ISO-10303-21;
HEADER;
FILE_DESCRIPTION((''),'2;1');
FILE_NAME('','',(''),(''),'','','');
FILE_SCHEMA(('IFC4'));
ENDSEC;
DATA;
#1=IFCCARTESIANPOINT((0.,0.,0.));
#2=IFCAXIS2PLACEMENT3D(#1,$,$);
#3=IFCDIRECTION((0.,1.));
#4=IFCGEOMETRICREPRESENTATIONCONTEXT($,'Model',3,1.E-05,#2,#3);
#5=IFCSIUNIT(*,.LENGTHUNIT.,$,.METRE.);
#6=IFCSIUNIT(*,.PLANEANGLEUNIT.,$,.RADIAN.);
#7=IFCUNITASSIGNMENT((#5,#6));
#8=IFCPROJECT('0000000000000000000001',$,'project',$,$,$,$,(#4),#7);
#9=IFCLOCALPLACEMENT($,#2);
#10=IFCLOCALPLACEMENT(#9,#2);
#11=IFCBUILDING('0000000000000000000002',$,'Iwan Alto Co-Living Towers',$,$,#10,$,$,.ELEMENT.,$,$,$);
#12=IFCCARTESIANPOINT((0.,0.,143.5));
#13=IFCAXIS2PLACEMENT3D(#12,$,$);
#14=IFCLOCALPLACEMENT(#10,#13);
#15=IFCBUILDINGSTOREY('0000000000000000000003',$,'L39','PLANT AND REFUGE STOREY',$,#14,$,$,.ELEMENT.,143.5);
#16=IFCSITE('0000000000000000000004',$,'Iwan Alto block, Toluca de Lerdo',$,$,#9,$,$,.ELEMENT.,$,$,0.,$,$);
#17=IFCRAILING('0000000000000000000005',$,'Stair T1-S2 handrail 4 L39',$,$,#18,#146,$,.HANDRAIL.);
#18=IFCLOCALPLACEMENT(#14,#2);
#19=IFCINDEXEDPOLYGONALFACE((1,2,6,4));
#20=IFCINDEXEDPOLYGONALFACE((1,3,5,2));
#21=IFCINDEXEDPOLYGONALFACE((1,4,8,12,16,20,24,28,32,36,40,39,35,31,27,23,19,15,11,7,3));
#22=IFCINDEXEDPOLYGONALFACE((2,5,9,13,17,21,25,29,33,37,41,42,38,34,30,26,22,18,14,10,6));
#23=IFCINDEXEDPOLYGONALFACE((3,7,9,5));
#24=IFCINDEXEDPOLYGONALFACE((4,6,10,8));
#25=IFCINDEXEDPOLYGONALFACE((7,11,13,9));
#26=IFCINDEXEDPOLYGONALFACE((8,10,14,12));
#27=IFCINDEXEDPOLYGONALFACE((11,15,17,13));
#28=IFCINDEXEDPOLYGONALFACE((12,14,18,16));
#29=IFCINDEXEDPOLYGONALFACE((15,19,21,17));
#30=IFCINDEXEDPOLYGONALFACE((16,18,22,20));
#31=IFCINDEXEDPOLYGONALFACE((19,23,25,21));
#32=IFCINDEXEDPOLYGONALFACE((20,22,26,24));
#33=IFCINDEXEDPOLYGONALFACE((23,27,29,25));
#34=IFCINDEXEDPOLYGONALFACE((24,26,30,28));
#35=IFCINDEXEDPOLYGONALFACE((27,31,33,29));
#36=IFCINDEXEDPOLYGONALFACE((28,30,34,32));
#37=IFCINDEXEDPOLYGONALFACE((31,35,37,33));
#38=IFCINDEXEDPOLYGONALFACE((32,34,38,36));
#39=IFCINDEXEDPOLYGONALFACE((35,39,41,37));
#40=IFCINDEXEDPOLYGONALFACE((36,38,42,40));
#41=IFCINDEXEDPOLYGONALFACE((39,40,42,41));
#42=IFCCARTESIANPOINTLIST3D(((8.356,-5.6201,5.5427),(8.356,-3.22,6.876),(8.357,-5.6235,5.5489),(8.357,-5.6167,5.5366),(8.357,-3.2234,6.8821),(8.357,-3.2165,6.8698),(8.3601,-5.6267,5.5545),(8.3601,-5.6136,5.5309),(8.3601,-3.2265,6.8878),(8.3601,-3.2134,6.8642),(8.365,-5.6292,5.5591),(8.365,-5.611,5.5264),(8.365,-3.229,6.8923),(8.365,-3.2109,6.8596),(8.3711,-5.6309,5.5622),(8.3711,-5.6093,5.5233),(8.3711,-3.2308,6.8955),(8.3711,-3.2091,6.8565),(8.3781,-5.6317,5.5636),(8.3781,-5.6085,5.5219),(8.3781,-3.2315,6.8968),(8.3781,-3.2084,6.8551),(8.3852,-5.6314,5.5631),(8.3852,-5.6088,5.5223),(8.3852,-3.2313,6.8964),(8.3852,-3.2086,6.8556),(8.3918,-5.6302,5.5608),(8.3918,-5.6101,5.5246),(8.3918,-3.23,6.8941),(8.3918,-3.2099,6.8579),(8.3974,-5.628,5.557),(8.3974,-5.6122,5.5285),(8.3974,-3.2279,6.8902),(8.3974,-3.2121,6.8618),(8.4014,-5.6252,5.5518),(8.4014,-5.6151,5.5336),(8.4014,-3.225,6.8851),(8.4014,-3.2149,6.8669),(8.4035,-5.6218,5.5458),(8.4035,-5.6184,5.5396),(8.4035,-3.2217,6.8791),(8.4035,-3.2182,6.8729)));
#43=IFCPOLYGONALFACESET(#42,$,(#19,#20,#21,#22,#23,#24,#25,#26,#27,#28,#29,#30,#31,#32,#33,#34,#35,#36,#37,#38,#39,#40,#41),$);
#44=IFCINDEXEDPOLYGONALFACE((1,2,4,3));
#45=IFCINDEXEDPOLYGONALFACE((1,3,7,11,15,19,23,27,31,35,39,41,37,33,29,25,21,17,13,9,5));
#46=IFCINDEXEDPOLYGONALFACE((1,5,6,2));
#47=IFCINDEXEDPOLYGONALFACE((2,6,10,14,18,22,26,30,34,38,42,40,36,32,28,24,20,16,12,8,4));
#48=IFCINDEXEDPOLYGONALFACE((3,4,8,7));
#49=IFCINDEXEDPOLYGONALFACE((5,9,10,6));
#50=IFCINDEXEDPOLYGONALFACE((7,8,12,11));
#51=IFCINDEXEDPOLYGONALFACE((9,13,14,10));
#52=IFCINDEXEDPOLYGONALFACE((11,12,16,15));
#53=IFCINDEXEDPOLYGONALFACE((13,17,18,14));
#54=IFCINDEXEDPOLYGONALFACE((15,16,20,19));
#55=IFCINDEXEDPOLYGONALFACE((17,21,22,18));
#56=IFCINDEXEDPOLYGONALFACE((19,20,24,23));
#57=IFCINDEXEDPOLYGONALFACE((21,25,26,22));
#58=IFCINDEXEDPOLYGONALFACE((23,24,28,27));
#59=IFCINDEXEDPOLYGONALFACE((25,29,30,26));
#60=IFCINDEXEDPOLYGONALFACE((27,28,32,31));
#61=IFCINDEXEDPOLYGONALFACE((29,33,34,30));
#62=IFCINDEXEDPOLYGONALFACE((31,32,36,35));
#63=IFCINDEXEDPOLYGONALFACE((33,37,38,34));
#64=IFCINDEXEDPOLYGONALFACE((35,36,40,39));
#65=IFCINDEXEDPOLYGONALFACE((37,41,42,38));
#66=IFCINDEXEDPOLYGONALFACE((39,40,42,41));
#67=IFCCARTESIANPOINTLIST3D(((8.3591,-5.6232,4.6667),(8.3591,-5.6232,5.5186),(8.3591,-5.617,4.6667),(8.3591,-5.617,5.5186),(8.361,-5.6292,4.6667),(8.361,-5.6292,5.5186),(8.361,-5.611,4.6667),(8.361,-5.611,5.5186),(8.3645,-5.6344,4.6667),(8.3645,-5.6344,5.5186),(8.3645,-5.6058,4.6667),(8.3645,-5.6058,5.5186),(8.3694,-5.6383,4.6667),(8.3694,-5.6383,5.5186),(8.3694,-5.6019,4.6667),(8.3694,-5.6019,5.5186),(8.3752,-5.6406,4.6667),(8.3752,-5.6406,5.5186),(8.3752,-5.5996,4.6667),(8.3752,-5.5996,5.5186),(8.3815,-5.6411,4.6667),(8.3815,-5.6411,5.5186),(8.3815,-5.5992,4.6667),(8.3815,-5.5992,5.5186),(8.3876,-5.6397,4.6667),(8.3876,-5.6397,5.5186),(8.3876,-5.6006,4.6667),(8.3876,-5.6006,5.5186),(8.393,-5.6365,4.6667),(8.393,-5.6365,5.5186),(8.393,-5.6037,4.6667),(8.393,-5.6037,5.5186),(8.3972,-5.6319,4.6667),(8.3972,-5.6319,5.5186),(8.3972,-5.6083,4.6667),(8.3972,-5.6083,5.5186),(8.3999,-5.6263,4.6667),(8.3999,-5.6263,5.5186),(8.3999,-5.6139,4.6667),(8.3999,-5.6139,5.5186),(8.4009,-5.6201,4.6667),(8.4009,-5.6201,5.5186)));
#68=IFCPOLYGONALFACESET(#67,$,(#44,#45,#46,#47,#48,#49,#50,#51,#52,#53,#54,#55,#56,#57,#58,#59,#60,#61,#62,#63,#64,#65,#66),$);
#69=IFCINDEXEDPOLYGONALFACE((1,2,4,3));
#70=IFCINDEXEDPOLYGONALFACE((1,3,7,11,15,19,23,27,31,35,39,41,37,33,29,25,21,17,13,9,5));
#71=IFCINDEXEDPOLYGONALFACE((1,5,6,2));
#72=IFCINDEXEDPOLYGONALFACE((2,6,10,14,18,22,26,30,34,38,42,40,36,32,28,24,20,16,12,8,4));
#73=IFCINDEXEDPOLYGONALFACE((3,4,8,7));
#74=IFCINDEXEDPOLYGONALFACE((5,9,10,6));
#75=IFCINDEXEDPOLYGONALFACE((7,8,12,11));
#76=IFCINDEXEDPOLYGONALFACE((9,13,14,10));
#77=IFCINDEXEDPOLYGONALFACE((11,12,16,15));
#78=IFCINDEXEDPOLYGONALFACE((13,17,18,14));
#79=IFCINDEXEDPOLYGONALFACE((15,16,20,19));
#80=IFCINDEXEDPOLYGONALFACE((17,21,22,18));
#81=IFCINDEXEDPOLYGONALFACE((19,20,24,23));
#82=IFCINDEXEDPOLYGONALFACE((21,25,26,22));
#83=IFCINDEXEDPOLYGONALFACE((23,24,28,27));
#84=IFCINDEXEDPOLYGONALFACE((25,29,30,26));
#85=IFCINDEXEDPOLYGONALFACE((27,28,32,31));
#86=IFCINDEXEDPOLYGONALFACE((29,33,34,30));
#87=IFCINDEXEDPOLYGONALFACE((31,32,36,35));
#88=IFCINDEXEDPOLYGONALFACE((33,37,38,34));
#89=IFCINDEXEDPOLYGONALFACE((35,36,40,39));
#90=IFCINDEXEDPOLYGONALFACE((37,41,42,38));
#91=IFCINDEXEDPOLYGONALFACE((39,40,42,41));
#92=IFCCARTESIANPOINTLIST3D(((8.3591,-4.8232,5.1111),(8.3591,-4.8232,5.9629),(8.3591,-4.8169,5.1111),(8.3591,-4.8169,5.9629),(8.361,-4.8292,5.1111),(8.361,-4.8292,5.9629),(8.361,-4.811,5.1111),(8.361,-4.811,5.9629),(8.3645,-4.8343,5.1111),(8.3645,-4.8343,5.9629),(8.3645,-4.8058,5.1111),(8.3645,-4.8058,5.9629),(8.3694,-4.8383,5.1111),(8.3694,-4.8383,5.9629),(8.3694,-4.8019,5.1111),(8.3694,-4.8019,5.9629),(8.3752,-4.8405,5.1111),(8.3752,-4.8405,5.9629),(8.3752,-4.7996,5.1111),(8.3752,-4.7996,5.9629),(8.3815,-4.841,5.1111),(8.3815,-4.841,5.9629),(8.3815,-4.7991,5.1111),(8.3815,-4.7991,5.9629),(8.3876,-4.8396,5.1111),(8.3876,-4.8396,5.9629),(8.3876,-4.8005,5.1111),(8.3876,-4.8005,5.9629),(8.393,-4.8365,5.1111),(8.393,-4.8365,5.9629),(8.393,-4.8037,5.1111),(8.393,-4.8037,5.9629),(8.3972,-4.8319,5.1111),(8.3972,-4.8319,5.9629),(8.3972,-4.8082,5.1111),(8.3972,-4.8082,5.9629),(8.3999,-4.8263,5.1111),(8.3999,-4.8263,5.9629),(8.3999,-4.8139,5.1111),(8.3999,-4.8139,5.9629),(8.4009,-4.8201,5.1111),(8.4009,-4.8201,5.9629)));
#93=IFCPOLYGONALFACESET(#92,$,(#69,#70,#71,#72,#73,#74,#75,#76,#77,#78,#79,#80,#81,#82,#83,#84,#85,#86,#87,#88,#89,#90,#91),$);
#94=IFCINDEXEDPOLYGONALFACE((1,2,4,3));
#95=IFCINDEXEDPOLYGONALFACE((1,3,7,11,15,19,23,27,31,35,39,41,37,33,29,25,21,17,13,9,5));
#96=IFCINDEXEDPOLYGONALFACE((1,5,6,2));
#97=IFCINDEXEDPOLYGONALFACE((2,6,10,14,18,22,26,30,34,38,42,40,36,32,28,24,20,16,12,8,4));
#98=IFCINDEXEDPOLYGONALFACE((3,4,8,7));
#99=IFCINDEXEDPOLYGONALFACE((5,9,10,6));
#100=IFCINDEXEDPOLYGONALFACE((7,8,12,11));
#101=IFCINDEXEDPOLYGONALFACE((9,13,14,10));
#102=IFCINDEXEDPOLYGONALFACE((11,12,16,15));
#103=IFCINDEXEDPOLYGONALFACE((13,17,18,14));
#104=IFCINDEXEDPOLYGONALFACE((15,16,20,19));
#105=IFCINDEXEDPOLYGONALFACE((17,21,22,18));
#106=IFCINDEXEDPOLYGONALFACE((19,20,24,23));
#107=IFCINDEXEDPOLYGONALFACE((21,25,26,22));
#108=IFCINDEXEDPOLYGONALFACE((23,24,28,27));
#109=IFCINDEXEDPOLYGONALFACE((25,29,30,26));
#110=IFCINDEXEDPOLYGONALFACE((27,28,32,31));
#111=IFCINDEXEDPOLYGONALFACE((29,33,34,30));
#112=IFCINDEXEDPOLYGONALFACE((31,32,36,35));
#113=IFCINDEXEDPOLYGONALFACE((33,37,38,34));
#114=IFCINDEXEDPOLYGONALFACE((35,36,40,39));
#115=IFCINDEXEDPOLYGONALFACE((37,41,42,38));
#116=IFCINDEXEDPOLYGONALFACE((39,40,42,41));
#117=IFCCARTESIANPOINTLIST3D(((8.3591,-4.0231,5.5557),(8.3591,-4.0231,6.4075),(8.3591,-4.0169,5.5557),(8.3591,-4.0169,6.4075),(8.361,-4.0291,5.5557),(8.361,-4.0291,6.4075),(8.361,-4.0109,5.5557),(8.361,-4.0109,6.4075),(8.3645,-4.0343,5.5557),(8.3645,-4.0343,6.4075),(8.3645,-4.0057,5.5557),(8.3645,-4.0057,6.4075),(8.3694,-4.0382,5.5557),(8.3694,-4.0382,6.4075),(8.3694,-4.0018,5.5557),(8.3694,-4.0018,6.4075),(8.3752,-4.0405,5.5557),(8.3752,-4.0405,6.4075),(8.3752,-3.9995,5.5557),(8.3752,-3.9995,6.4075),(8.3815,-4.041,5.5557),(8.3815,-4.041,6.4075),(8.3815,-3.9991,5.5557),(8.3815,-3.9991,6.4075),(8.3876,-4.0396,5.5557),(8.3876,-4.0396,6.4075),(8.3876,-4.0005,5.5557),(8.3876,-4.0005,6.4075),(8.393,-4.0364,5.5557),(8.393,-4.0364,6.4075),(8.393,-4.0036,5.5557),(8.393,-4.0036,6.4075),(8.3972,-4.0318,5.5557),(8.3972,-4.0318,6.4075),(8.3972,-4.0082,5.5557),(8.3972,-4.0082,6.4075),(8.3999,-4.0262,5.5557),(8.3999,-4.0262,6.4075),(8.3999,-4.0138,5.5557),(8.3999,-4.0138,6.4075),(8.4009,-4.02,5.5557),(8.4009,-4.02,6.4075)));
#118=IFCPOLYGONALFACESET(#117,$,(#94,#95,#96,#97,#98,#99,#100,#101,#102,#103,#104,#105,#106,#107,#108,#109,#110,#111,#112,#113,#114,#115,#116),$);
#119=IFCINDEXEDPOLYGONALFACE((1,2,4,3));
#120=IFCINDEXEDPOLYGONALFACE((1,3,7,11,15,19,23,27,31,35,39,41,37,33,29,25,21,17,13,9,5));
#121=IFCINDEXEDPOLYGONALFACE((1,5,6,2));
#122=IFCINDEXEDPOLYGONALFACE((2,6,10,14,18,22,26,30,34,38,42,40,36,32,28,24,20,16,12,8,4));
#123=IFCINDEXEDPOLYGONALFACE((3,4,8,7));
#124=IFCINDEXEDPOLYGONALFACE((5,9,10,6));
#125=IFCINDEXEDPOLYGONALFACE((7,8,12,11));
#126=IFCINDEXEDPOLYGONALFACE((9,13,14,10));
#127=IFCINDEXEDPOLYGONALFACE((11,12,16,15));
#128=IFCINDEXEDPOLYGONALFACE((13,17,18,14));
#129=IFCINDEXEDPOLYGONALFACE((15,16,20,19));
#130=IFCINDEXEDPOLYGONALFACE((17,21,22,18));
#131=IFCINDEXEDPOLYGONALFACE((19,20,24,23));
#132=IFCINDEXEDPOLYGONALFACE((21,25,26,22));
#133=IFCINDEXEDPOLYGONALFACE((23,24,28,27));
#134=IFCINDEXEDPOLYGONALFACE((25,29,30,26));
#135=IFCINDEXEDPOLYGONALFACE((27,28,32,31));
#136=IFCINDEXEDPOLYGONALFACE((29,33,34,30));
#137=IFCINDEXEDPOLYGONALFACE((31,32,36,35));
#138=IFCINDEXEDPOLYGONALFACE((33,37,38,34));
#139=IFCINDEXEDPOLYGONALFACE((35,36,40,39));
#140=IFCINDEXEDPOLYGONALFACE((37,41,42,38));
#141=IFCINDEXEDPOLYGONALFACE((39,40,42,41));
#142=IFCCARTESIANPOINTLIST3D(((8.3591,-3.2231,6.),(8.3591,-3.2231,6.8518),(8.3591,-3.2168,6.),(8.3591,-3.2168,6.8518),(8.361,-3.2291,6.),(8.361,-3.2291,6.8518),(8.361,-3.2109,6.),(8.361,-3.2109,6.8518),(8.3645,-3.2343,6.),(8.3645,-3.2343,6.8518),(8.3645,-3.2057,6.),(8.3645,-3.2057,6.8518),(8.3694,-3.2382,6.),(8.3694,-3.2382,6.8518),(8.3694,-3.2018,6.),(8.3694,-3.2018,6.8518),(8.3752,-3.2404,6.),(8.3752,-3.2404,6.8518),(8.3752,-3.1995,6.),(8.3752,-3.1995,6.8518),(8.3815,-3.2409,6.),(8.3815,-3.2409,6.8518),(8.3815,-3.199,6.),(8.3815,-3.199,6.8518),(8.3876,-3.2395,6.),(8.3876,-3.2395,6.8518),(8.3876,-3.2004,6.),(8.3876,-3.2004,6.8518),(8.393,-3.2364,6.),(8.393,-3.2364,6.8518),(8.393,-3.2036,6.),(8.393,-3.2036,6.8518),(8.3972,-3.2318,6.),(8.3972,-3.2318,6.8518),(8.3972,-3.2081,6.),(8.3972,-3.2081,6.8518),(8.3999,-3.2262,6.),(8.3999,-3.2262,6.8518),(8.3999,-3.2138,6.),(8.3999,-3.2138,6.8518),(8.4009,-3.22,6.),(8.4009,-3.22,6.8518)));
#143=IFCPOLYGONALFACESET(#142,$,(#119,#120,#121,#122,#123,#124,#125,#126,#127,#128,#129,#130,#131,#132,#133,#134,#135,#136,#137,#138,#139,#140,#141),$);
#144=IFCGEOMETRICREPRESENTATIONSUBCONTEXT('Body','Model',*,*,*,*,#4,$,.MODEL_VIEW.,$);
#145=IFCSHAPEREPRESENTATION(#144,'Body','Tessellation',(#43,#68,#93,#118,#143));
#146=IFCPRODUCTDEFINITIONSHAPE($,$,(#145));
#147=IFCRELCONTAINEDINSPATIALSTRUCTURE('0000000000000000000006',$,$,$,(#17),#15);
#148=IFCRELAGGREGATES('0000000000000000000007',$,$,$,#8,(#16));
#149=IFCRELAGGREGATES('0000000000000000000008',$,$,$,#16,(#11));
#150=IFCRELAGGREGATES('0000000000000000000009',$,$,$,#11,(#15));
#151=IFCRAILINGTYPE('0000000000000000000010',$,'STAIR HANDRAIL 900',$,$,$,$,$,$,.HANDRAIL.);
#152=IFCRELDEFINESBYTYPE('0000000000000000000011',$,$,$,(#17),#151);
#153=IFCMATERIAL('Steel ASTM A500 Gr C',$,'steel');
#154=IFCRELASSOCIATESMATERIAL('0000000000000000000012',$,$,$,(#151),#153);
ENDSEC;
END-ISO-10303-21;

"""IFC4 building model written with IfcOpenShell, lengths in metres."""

from ifc_helpers import new_model, si_unit, direction, frame, origin, origin_2d, place, context, subcontext, project, spatial, circle, extrude, material, type_object, element, save


model = new_model("IFC4")

# Units and contexts
model_context = context("Model", 3, precision=1e-05, world=origin(), true_north=direction((0.0, 1.0)))
body_context = subcontext(model_context, "Body", "Model", "MODEL_VIEW")
ifc_project = project(units=[si_unit("LENGTHUNIT", "METRE"), si_unit("PLANEANGLEUNIT", "RADIAN")], contexts=[model_context])

# Site, building, storey
site_placement = place(None, origin())
site = spatial("IfcSite", under=ifc_project, at=site_placement, Name="Iwan Alto block, Toluca de Lerdo", CompositionType="ELEMENT", RefElevation=0.0)
building_placement = place(site_placement, origin())
building = spatial("IfcBuilding", under=site, at=building_placement, Name="Iwan Alto Co-Living Towers", CompositionType="ELEMENT")
storey_placement = place(building_placement, frame((0.0, 0.0, 143.5)))
storey = spatial("IfcBuildingStorey", under=building, at=storey_placement, Name="L39", Description="PLANT AND REFUGE STOREY", CompositionType="ELEMENT", Elevation=143.5)

# Railing
ifc_material_1 = material(Name="Steel ASTM A500 Gr C", Category="steel")
railing_type_1 = type_object("IfcRailingType", Name="STAIR HANDRAIL 900", PredefinedType="HANDRAIL", material=ifc_material_1)
railing_1_placement = place(storey_placement, frame((8.3799, -5.6201, 4.6667)))
element("IfcRailing", 1, at=railing_1_placement, inside=storey, type_object=railing_type_1, Name="Stair T1-S2 handrail 4 L39", PredefinedType="HANDRAIL", context=body_context, shape_type="SweptSolid", body=[
    extrude(circle(Radius=0.0239, at=origin_2d()), frame((0.0, 0.0, 0.876), z_axis=(0.0, 0.874182, 0.485598), x_axis=(-1.0, 0.0, 0.0)), (0.0, 0.0, 1.0), 2.7456),
    extrude(circle(Radius=0.021, at=origin_2d()), origin(), (0.0, 0.0, 1.0), 0.8518),
    extrude(circle(Radius=0.021, at=origin_2d()), frame((0.0, 0.8, 0.4443)), (0.0, 0.0, 1.0), 0.8518),
    extrude(circle(Radius=0.021, at=origin_2d()), frame((0.0, 1.6001, 0.8889)), (0.0, 0.0, 1.0), 0.8518),
    extrude(circle(Radius=0.021, at=origin_2d()), frame((0.0, 2.4001, 1.3333)), (0.0, 0.0, 1.0), 0.8518),
])

save(model, "model.ifc")
